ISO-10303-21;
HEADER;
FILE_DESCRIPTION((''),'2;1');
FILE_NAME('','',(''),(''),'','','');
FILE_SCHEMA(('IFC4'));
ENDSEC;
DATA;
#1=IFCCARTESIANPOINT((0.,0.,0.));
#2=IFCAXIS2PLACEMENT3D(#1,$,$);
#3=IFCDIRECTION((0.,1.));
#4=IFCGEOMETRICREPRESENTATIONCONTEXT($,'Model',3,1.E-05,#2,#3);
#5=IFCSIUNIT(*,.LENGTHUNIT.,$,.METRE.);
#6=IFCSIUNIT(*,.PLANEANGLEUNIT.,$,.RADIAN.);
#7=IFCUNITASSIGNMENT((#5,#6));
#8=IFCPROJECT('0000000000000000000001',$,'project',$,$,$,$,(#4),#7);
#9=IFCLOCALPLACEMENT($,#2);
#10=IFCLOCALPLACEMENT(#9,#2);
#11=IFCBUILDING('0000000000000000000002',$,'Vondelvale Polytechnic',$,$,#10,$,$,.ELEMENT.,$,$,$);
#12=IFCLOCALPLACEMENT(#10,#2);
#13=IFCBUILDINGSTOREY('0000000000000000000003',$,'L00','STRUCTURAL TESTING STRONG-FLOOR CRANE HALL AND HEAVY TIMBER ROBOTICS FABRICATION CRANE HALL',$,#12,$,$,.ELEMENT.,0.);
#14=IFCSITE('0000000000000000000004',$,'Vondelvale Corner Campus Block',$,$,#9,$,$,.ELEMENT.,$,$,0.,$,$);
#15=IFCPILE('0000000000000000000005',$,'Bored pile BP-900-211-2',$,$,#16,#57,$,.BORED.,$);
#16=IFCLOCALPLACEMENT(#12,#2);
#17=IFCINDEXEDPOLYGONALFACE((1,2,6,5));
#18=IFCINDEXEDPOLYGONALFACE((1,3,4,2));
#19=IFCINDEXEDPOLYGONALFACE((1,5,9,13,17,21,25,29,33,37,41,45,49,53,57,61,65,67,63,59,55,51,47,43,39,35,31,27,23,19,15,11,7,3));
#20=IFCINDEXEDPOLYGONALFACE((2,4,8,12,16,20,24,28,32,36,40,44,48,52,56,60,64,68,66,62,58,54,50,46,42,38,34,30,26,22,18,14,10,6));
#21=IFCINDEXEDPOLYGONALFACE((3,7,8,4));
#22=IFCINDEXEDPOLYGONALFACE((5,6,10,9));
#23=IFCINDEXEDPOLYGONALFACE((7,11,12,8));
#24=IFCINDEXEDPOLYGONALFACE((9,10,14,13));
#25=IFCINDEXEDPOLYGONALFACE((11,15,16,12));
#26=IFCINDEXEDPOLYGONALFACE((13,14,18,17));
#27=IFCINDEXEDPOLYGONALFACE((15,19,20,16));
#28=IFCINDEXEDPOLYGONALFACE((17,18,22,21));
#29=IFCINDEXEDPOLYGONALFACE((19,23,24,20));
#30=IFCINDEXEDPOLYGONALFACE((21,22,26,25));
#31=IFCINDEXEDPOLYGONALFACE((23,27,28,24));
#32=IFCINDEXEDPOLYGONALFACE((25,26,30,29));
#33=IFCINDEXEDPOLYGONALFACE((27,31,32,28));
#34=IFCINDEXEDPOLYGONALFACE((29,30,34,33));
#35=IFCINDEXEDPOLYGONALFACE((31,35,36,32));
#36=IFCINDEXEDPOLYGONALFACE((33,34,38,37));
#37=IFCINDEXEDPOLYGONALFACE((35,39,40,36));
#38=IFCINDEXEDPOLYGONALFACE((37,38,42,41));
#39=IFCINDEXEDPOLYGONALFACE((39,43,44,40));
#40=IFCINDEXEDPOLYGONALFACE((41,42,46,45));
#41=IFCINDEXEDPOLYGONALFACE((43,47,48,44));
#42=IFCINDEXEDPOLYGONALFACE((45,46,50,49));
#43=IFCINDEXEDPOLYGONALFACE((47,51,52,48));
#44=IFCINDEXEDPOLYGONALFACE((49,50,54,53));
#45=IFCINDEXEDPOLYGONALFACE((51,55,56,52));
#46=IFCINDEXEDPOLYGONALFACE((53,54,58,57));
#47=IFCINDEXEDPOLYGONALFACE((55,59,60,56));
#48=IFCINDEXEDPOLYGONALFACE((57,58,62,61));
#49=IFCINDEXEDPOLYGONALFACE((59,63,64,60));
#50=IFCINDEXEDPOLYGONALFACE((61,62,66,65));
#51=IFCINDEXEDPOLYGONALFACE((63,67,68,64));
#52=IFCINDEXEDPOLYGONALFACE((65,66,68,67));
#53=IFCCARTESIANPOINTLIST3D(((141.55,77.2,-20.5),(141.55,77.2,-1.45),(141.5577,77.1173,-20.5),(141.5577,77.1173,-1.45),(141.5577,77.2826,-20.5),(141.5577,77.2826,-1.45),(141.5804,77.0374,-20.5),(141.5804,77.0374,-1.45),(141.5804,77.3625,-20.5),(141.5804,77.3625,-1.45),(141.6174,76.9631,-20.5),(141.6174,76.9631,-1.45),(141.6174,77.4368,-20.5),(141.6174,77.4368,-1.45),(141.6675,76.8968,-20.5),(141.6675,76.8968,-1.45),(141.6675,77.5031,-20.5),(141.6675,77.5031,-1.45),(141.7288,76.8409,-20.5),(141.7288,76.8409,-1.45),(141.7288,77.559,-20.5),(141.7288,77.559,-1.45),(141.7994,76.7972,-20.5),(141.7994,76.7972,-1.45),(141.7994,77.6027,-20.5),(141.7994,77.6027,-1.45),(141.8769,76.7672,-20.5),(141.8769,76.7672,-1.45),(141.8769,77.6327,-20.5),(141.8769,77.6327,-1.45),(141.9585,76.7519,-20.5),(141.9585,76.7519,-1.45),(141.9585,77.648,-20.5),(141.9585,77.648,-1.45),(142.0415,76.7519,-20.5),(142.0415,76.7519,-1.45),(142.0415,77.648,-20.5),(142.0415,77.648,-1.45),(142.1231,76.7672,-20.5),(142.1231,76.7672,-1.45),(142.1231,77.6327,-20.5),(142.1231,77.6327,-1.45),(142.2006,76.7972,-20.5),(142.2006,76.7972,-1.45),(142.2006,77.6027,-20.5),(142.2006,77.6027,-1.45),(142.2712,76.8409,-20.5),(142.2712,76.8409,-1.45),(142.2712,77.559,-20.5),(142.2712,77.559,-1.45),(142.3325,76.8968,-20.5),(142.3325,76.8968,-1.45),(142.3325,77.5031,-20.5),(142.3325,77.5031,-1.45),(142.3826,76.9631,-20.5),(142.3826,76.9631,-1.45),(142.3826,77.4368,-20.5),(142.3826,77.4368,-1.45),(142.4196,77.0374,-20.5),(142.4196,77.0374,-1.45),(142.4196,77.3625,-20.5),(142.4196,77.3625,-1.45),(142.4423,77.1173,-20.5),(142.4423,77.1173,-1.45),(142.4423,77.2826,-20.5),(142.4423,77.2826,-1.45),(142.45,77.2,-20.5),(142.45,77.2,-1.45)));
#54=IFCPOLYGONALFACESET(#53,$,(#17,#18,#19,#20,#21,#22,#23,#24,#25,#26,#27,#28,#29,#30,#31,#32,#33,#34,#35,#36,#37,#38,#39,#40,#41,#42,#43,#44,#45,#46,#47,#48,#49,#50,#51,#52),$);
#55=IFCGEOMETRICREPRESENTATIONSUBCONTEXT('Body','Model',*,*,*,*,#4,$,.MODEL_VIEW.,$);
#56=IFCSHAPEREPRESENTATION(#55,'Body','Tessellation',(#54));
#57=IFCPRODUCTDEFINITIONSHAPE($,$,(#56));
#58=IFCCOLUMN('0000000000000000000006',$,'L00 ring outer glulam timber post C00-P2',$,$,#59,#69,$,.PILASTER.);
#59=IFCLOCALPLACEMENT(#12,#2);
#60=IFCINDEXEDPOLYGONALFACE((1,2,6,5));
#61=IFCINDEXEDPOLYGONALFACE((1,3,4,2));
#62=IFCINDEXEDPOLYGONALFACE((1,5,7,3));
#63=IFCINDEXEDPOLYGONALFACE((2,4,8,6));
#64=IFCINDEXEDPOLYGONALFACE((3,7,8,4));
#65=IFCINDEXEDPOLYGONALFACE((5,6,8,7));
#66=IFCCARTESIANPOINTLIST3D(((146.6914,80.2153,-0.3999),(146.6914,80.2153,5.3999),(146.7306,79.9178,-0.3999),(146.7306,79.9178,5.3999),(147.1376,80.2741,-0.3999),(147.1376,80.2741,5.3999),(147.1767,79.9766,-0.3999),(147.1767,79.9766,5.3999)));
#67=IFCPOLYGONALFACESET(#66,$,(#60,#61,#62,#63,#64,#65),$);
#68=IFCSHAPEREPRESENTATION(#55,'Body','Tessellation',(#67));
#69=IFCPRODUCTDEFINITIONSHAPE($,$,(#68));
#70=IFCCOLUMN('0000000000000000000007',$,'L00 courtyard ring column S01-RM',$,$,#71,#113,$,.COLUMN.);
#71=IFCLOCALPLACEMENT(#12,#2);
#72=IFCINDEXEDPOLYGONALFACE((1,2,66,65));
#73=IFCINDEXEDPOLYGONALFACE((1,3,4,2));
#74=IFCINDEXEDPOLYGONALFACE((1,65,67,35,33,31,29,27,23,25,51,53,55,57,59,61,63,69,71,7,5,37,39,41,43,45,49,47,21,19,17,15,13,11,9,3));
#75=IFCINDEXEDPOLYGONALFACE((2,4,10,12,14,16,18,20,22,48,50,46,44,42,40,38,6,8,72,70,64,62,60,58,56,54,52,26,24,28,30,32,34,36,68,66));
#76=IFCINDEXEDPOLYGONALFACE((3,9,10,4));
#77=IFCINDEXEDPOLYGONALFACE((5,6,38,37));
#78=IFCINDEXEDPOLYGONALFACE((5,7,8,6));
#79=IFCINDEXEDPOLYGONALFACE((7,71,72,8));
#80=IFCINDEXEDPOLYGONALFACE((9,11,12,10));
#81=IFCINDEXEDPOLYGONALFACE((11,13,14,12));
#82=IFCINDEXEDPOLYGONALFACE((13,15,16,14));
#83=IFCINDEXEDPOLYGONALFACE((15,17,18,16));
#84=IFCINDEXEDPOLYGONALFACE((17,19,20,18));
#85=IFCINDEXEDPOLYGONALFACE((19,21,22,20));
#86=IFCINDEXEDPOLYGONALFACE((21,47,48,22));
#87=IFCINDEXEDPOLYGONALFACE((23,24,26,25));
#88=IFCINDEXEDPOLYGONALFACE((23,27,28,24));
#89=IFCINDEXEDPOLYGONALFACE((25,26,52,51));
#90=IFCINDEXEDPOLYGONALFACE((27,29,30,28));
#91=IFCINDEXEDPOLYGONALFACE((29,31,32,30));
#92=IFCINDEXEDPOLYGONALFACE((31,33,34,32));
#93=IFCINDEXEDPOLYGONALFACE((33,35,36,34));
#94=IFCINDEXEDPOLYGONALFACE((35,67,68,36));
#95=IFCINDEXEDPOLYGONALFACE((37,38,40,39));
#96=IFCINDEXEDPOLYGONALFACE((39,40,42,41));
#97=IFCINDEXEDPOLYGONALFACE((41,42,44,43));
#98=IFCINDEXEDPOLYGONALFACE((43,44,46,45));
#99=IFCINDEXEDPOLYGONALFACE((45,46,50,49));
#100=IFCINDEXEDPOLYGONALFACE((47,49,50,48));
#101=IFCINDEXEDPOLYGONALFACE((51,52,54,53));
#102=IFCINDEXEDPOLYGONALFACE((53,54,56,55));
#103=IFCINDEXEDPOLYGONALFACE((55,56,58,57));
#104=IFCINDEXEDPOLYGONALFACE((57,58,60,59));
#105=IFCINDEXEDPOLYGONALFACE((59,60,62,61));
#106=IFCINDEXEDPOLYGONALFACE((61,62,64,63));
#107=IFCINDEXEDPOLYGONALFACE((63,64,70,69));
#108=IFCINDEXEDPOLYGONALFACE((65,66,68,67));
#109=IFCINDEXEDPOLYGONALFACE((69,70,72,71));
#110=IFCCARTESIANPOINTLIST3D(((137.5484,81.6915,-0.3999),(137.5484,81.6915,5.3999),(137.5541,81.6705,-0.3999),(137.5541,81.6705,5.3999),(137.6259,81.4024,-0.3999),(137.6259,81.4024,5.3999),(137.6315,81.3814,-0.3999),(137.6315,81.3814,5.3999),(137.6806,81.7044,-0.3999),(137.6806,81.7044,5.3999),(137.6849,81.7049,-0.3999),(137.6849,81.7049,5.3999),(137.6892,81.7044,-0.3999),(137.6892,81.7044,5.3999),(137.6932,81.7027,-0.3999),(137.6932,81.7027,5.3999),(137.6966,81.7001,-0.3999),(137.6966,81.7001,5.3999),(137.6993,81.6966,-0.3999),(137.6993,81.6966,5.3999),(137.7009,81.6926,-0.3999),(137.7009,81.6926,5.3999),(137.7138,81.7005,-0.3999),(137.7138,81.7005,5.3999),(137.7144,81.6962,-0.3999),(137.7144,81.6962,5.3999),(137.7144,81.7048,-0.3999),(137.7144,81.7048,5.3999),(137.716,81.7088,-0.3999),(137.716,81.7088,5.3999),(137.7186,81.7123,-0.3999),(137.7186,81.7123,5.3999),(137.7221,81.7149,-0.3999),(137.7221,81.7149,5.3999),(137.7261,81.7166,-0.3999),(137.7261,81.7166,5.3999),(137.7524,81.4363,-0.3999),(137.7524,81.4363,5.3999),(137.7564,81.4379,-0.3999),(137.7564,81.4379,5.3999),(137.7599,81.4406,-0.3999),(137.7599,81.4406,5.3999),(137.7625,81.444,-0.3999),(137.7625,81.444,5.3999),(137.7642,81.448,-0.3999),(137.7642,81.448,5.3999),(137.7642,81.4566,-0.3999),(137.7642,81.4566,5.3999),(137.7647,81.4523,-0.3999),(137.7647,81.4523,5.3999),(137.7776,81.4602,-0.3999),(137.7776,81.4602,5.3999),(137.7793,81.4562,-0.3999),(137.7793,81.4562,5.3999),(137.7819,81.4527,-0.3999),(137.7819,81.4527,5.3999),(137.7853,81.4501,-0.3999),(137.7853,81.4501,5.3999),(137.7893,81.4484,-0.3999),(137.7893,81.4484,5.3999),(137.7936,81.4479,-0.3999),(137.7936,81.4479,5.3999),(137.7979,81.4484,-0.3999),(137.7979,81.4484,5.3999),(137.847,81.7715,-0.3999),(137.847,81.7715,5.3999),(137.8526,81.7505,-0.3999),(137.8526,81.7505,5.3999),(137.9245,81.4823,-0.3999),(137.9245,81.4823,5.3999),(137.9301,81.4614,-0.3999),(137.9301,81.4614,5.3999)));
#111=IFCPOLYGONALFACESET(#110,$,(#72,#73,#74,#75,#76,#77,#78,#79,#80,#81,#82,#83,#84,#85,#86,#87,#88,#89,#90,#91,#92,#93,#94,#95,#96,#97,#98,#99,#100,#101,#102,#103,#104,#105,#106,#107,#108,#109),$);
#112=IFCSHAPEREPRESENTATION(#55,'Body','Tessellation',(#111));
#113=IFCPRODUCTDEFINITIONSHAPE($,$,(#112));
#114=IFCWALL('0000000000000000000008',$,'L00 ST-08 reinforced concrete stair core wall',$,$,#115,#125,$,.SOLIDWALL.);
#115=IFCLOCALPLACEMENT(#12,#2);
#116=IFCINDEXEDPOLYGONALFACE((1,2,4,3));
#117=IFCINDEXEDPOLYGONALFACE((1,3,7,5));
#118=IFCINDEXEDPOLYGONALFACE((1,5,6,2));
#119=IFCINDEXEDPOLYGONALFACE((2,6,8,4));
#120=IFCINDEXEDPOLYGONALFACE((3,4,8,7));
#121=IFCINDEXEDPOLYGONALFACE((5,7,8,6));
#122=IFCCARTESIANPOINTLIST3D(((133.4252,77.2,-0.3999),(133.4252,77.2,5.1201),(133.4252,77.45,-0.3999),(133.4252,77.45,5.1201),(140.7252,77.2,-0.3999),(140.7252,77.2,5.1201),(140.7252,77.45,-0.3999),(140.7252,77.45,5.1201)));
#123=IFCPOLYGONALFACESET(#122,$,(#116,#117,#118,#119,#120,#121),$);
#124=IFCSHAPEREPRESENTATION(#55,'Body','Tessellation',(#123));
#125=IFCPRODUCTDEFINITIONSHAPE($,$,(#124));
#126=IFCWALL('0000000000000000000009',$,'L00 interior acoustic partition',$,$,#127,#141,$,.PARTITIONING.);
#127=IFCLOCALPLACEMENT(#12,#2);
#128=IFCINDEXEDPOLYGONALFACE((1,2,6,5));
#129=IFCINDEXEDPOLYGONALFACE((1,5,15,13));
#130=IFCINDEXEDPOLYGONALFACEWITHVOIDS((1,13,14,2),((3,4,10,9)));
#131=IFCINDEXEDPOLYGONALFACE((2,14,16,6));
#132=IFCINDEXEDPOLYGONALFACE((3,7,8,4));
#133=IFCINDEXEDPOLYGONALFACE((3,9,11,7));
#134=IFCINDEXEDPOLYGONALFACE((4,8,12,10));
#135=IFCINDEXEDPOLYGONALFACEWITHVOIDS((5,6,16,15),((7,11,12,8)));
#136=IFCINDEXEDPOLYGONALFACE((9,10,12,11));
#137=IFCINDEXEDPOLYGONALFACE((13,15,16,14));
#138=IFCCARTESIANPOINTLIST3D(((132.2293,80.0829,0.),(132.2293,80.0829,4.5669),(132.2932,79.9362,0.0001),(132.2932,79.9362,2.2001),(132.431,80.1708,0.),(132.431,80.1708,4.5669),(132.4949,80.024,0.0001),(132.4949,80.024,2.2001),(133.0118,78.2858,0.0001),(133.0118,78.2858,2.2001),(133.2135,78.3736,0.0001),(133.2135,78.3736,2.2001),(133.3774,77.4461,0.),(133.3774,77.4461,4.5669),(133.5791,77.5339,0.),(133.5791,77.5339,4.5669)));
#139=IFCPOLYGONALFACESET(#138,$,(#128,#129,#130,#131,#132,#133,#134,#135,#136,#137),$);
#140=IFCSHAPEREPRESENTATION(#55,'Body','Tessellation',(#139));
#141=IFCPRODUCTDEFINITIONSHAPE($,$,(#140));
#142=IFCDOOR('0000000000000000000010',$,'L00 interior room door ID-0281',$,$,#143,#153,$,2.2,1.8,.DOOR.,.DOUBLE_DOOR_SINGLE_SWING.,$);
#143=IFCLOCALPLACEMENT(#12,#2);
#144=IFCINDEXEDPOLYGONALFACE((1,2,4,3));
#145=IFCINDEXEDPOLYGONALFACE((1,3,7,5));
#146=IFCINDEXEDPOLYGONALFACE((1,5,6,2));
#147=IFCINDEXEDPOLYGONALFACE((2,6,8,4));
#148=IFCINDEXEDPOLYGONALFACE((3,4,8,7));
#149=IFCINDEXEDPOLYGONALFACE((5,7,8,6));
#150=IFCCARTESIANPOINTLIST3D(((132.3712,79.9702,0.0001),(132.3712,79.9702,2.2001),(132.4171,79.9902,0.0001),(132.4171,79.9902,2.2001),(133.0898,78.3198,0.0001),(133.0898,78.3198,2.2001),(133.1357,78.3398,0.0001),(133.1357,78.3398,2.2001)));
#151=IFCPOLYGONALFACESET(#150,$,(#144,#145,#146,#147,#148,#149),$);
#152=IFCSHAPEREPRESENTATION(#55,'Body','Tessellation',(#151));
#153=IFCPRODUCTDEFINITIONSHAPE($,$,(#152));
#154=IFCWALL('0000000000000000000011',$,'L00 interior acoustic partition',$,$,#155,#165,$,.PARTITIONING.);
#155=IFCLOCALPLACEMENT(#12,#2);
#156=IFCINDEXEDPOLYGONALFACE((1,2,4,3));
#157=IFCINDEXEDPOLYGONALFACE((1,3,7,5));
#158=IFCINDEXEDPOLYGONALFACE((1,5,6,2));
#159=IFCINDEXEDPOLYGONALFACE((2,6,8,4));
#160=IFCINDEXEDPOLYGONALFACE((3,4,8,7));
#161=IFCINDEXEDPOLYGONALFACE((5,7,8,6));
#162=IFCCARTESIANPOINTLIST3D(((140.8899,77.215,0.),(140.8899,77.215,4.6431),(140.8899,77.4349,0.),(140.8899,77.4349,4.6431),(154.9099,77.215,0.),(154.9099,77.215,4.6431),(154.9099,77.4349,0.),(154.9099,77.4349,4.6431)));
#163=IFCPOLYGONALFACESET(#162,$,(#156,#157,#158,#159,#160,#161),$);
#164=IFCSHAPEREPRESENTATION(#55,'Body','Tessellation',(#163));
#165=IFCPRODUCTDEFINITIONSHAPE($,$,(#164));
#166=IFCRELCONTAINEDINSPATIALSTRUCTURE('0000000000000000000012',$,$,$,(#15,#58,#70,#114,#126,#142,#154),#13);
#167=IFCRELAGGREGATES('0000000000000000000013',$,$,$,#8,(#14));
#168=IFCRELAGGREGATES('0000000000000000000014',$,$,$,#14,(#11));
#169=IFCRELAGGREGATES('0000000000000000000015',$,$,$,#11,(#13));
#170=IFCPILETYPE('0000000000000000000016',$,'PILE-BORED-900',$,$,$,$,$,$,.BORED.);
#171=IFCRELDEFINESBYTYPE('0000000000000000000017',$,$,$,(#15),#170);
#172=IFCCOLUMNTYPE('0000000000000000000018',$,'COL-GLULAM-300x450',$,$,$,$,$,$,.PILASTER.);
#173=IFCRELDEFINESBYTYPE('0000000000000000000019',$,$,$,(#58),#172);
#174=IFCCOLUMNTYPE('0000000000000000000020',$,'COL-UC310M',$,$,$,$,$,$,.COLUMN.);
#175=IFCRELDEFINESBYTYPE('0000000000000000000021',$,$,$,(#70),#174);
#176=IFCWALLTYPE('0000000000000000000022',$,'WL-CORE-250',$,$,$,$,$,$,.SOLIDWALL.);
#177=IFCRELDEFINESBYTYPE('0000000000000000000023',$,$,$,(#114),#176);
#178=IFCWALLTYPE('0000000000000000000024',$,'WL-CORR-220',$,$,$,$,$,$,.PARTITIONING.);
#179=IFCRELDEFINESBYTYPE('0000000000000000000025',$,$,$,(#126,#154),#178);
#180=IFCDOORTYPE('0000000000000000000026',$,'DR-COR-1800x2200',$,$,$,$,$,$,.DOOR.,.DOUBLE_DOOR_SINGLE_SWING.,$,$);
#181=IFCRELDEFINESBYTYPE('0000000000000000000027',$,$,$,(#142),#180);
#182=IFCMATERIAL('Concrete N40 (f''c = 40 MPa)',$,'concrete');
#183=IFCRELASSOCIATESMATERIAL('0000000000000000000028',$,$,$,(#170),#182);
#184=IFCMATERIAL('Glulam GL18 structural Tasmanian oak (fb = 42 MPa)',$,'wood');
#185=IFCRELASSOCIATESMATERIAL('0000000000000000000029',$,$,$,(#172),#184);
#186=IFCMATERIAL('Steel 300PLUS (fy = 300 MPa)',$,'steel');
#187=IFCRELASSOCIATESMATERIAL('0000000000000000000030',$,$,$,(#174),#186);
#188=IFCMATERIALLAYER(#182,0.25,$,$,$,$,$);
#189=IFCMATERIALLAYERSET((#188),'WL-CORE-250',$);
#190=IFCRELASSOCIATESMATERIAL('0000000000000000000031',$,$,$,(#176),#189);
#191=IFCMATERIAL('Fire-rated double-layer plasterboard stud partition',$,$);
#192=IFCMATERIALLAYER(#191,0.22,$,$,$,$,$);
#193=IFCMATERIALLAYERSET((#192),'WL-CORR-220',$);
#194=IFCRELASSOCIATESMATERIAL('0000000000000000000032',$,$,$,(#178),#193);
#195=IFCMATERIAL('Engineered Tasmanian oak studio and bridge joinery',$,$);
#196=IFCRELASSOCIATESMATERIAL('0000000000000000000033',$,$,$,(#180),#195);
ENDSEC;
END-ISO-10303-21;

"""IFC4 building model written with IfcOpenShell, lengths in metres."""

from ifc_helpers import new_model, si_unit, direction, frame, frame_2d, origin, origin_2d, place, context, subcontext, project, spatial, rectangle, circle, i_section, extrude, material, layer, layer_set, material_profile, profile_set, type_object, element, fill, save


model = new_model("IFC4")

# Units and contexts
model_context = context("Model", 3, precision=1e-05, world=origin(), true_north=direction((0.0, 1.0)))
body_context = subcontext(model_context, "Body", "Model", "MODEL_VIEW")
ifc_project = project(units=[si_unit("LENGTHUNIT", "METRE"), si_unit("PLANEANGLEUNIT", "RADIAN")], contexts=[model_context])

# Site, building, storey
site_placement = place(None, origin())
site = spatial("IfcSite", under=ifc_project, at=site_placement, Name="Vondelvale Corner Campus Block", CompositionType="ELEMENT", RefElevation=0.0)
building_placement = place(site_placement, origin())
building = spatial("IfcBuilding", under=site, at=building_placement, Name="Vondelvale Polytechnic", CompositionType="ELEMENT")
storey_placement = place(building_placement, origin())
storey = spatial("IfcBuildingStorey", under=building, at=storey_placement, Name="L00", Description="STRUCTURAL TESTING STRONG-FLOOR CRANE HALL AND HEAVY TIMBER ROBOTICS FABRICATION CRANE HALL", CompositionType="ELEMENT", Elevation=0.0)

# Shared definitions
ifc_material_1 = material(Name="Concrete N40 (f'c = 40 MPa)", Category="concrete")

# Pile
ifc_material_profile_1 = material_profile(ifc_material_1, circle(Radius=0.45, at=origin_2d()), Name="PILE-D900")
ifc_profile_set_1 = profile_set([ifc_material_profile_1], Name="Concrete N40 (f'c = 40 MPa)")
pile_type_1 = type_object("IfcPileType", Name="PILE-BORED-900", PredefinedType="BORED", material=ifc_profile_set_1)
for number, where, z_axis, x_axis, name in (
    (1, (142.0, 77.2, -1.45), (0.0, 0.0, -1.0), (1.0, 0.0, 0.0), "Bored pile BP-900-211-2"),
):
    element("IfcPile", number, at=place(storey_placement, frame(where, z_axis=z_axis, x_axis=x_axis)), inside=storey, type_object=pile_type_1, Name=name, PredefinedType="BORED", context=body_context, shape_type="SweptSolid", body=[
        extrude(circle(Radius=0.45, at=origin_2d()), origin(), (0.0, 0.0, 1.0), 19.05),
    ])

# Columns
ifc_material_2 = material(Name="Glulam GL18 structural Tasmanian oak (fb = 42 MPa)", Category="wood")
ifc_material_profile_2 = material_profile(ifc_material_2, rectangle(XDim=0.3, YDim=0.45, at=origin_2d()), Name="GL-POST-300x450")
ifc_profile_set_2 = profile_set([ifc_material_profile_2], Name="Glulam GL18 structural Tasmanian oak (fb = 42 MPa)")
column_type_1 = type_object("IfcColumnType", Name="COL-GLULAM-300x450", PredefinedType="PILASTER", material=ifc_profile_set_2)
column_1_placement = place(storey_placement, frame((146.9341, 80.0959, -0.3999), z_axis=(0.0, 0.0, 1.0), x_axis=(-0.130526, 0.991445, 0.0)))
element("IfcColumn", 2, at=column_1_placement, inside=storey, type_object=column_type_1, Name="L00 ring outer glulam timber post C00-P2", PredefinedType="PILASTER", context=body_context, shape_type="SweptSolid", body=[
    extrude(rectangle(XDim=0.3, YDim=0.45, at=origin_2d()), origin(), (0.0, 0.0, 1.0), 5.7998),
])
ifc_material_3 = material(Name="Steel 300PLUS (fy = 300 MPa)", Category="steel")
ifc_material_profile_3 = material_profile(ifc_material_3, i_section(OverallWidth=0.3091, OverallDepth=0.321, WebThickness=0.0139, FlangeThickness=0.0217, FilletRadius=0.0166, at=origin_2d()), Name="310UC137")
ifc_profile_set_3 = profile_set([ifc_material_profile_3], Name="Steel 300PLUS (fy = 300 MPa)")
column_type_2 = type_object("IfcColumnType", Name="COL-UC310M", PredefinedType="COLUMN", material=ifc_profile_set_3)
column_2_placement = place(storey_placement, frame((137.7393, 81.5764, -0.3999), z_axis=(0.0, 0.0, 1.0), x_axis=(0.965926, 0.258819, 0.0)))
element("IfcColumn", 3, at=column_2_placement, inside=storey, type_object=column_type_2, Name="L00 courtyard ring column S01-RM", PredefinedType="COLUMN", context=body_context, shape_type="SweptSolid", body=[
    extrude(i_section(OverallWidth=0.3091, OverallDepth=0.321, WebThickness=0.0139, FlangeThickness=0.0217, FilletRadius=0.0166, at=origin_2d()), origin(), (0.0, 0.0, 1.0), 5.7998),
])

# Wall
ifc_layer_1 = layer(ifc_material_1, 0.25)
ifc_layer_set_1 = layer_set([ifc_layer_1], Name="WL-CORE-250")
wall_type_1 = type_object("IfcWallType", Name="WL-CORE-250", PredefinedType="SOLIDWALL", material=ifc_layer_set_1)
wall_1_placement = place(storey_placement, frame((140.7251, 77.325, -0.3999), z_axis=(0.0, 0.0, 1.0), x_axis=(-1.0, 0.0, 0.0)))
element("IfcWall", 4, at=wall_1_placement, inside=storey, type_object=wall_type_1, Name="L00 ST-08 reinforced concrete stair core wall", PredefinedType="SOLIDWALL", context=body_context, shape_type="SweptSolid", body=[
    extrude(rectangle(XDim=7.3, YDim=0.25, at=frame_2d((3.6499, 0.0))), origin(), (0.0, 0.0, 1.0), 5.52),
])

# Wall, opening, door
ifc_material_4 = material(Name="Fire-rated double-layer plasterboard stud partition")
ifc_layer_2 = layer(ifc_material_4, 0.22)
ifc_layer_set_2 = layer_set([ifc_layer_2], Name="WL-CORR-220")
wall_type_2 = type_object("IfcWallType", Name="WL-CORR-220", PredefinedType="PARTITIONING", material=ifc_layer_set_2)
wall_2_placement = place(storey_placement, frame((133.4783, 77.49, 0.0), z_axis=(0.0, 0.0, 1.0), x_axis=(-0.39922, 0.916855, 0.0)))
wall_2 = element("IfcWall", 5, at=wall_2_placement, inside=storey, type_object=wall_type_2, Name="L00 interior acoustic partition", PredefinedType="PARTITIONING", context=body_context, shape_type="SweptSolid", body=[
    extrude(rectangle(XDim=2.876, YDim=0.22, at=frame_2d((1.438, 0.0))), origin(), (0.0, 0.0, 1.0), 4.5669),
])
opening_1_placement = place(wall_2_placement, frame((0.916, 0.0, 0.0)))
opening_1 = element("IfcOpeningElement", 6, at=opening_1_placement, cuts=wall_2, PredefinedType="OPENING", context=body_context, shape_type="SweptSolid", body=[
    extrude(rectangle(XDim=1.8, YDim=2.2, at=frame_2d((0.8999, 1.1001))), frame((0.0, 0.1199, 0.0), z_axis=(0.0, -1.0, 0.0), x_axis=(1.0, 0.0, 0.0)), (0.0, 0.0, 1.0), 0.24),
])
ifc_material_5 = material(Name="Engineered Tasmanian oak studio and bridge joinery")
door_type_1 = type_object("IfcDoorType", Name="DR-COR-1800x2200", OperationType="DOUBLE_DOOR_SINGLE_SWING", PredefinedType="DOOR", material=ifc_material_5)
door_1_placement = place(opening_1_placement, origin())
door_1 = element("IfcDoor", 7, at=door_1_placement, inside=storey, type_object=door_type_1, Name="L00 interior room door ID-0281", OperationType="DOUBLE_DOOR_SINGLE_SWING", OverallHeight=2.2, OverallWidth=1.8, PredefinedType="DOOR", context=body_context, shape_type="SweptSolid", body=[
    extrude(rectangle(XDim=1.8, YDim=2.2, at=frame_2d((0.8999, 1.1001))), frame((0.0, 0.0249, 0.0), z_axis=(0.0, -1.0, 0.0), x_axis=(1.0, 0.0, 0.0)), (0.0, 0.0, 1.0), 0.05),
])
fill(opening_1, door_1)

# Wall
wall_3_placement = place(storey_placement, frame((140.8899, 77.325, 0.0), z_axis=(0.0, 0.0, 1.0), x_axis=(1.0, 0.0, 0.0)))
element("IfcWall", 8, at=wall_3_placement, inside=storey, type_object=wall_type_2, Name="L00 interior acoustic partition", PredefinedType="PARTITIONING", context=body_context, shape_type="SweptSolid", body=[
    extrude(rectangle(XDim=14.02, YDim=0.22, at=frame_2d((7.01, 0.0))), origin(), (0.0, 0.0, 1.0), 4.6431),
])

save(model, "model.ifc")
